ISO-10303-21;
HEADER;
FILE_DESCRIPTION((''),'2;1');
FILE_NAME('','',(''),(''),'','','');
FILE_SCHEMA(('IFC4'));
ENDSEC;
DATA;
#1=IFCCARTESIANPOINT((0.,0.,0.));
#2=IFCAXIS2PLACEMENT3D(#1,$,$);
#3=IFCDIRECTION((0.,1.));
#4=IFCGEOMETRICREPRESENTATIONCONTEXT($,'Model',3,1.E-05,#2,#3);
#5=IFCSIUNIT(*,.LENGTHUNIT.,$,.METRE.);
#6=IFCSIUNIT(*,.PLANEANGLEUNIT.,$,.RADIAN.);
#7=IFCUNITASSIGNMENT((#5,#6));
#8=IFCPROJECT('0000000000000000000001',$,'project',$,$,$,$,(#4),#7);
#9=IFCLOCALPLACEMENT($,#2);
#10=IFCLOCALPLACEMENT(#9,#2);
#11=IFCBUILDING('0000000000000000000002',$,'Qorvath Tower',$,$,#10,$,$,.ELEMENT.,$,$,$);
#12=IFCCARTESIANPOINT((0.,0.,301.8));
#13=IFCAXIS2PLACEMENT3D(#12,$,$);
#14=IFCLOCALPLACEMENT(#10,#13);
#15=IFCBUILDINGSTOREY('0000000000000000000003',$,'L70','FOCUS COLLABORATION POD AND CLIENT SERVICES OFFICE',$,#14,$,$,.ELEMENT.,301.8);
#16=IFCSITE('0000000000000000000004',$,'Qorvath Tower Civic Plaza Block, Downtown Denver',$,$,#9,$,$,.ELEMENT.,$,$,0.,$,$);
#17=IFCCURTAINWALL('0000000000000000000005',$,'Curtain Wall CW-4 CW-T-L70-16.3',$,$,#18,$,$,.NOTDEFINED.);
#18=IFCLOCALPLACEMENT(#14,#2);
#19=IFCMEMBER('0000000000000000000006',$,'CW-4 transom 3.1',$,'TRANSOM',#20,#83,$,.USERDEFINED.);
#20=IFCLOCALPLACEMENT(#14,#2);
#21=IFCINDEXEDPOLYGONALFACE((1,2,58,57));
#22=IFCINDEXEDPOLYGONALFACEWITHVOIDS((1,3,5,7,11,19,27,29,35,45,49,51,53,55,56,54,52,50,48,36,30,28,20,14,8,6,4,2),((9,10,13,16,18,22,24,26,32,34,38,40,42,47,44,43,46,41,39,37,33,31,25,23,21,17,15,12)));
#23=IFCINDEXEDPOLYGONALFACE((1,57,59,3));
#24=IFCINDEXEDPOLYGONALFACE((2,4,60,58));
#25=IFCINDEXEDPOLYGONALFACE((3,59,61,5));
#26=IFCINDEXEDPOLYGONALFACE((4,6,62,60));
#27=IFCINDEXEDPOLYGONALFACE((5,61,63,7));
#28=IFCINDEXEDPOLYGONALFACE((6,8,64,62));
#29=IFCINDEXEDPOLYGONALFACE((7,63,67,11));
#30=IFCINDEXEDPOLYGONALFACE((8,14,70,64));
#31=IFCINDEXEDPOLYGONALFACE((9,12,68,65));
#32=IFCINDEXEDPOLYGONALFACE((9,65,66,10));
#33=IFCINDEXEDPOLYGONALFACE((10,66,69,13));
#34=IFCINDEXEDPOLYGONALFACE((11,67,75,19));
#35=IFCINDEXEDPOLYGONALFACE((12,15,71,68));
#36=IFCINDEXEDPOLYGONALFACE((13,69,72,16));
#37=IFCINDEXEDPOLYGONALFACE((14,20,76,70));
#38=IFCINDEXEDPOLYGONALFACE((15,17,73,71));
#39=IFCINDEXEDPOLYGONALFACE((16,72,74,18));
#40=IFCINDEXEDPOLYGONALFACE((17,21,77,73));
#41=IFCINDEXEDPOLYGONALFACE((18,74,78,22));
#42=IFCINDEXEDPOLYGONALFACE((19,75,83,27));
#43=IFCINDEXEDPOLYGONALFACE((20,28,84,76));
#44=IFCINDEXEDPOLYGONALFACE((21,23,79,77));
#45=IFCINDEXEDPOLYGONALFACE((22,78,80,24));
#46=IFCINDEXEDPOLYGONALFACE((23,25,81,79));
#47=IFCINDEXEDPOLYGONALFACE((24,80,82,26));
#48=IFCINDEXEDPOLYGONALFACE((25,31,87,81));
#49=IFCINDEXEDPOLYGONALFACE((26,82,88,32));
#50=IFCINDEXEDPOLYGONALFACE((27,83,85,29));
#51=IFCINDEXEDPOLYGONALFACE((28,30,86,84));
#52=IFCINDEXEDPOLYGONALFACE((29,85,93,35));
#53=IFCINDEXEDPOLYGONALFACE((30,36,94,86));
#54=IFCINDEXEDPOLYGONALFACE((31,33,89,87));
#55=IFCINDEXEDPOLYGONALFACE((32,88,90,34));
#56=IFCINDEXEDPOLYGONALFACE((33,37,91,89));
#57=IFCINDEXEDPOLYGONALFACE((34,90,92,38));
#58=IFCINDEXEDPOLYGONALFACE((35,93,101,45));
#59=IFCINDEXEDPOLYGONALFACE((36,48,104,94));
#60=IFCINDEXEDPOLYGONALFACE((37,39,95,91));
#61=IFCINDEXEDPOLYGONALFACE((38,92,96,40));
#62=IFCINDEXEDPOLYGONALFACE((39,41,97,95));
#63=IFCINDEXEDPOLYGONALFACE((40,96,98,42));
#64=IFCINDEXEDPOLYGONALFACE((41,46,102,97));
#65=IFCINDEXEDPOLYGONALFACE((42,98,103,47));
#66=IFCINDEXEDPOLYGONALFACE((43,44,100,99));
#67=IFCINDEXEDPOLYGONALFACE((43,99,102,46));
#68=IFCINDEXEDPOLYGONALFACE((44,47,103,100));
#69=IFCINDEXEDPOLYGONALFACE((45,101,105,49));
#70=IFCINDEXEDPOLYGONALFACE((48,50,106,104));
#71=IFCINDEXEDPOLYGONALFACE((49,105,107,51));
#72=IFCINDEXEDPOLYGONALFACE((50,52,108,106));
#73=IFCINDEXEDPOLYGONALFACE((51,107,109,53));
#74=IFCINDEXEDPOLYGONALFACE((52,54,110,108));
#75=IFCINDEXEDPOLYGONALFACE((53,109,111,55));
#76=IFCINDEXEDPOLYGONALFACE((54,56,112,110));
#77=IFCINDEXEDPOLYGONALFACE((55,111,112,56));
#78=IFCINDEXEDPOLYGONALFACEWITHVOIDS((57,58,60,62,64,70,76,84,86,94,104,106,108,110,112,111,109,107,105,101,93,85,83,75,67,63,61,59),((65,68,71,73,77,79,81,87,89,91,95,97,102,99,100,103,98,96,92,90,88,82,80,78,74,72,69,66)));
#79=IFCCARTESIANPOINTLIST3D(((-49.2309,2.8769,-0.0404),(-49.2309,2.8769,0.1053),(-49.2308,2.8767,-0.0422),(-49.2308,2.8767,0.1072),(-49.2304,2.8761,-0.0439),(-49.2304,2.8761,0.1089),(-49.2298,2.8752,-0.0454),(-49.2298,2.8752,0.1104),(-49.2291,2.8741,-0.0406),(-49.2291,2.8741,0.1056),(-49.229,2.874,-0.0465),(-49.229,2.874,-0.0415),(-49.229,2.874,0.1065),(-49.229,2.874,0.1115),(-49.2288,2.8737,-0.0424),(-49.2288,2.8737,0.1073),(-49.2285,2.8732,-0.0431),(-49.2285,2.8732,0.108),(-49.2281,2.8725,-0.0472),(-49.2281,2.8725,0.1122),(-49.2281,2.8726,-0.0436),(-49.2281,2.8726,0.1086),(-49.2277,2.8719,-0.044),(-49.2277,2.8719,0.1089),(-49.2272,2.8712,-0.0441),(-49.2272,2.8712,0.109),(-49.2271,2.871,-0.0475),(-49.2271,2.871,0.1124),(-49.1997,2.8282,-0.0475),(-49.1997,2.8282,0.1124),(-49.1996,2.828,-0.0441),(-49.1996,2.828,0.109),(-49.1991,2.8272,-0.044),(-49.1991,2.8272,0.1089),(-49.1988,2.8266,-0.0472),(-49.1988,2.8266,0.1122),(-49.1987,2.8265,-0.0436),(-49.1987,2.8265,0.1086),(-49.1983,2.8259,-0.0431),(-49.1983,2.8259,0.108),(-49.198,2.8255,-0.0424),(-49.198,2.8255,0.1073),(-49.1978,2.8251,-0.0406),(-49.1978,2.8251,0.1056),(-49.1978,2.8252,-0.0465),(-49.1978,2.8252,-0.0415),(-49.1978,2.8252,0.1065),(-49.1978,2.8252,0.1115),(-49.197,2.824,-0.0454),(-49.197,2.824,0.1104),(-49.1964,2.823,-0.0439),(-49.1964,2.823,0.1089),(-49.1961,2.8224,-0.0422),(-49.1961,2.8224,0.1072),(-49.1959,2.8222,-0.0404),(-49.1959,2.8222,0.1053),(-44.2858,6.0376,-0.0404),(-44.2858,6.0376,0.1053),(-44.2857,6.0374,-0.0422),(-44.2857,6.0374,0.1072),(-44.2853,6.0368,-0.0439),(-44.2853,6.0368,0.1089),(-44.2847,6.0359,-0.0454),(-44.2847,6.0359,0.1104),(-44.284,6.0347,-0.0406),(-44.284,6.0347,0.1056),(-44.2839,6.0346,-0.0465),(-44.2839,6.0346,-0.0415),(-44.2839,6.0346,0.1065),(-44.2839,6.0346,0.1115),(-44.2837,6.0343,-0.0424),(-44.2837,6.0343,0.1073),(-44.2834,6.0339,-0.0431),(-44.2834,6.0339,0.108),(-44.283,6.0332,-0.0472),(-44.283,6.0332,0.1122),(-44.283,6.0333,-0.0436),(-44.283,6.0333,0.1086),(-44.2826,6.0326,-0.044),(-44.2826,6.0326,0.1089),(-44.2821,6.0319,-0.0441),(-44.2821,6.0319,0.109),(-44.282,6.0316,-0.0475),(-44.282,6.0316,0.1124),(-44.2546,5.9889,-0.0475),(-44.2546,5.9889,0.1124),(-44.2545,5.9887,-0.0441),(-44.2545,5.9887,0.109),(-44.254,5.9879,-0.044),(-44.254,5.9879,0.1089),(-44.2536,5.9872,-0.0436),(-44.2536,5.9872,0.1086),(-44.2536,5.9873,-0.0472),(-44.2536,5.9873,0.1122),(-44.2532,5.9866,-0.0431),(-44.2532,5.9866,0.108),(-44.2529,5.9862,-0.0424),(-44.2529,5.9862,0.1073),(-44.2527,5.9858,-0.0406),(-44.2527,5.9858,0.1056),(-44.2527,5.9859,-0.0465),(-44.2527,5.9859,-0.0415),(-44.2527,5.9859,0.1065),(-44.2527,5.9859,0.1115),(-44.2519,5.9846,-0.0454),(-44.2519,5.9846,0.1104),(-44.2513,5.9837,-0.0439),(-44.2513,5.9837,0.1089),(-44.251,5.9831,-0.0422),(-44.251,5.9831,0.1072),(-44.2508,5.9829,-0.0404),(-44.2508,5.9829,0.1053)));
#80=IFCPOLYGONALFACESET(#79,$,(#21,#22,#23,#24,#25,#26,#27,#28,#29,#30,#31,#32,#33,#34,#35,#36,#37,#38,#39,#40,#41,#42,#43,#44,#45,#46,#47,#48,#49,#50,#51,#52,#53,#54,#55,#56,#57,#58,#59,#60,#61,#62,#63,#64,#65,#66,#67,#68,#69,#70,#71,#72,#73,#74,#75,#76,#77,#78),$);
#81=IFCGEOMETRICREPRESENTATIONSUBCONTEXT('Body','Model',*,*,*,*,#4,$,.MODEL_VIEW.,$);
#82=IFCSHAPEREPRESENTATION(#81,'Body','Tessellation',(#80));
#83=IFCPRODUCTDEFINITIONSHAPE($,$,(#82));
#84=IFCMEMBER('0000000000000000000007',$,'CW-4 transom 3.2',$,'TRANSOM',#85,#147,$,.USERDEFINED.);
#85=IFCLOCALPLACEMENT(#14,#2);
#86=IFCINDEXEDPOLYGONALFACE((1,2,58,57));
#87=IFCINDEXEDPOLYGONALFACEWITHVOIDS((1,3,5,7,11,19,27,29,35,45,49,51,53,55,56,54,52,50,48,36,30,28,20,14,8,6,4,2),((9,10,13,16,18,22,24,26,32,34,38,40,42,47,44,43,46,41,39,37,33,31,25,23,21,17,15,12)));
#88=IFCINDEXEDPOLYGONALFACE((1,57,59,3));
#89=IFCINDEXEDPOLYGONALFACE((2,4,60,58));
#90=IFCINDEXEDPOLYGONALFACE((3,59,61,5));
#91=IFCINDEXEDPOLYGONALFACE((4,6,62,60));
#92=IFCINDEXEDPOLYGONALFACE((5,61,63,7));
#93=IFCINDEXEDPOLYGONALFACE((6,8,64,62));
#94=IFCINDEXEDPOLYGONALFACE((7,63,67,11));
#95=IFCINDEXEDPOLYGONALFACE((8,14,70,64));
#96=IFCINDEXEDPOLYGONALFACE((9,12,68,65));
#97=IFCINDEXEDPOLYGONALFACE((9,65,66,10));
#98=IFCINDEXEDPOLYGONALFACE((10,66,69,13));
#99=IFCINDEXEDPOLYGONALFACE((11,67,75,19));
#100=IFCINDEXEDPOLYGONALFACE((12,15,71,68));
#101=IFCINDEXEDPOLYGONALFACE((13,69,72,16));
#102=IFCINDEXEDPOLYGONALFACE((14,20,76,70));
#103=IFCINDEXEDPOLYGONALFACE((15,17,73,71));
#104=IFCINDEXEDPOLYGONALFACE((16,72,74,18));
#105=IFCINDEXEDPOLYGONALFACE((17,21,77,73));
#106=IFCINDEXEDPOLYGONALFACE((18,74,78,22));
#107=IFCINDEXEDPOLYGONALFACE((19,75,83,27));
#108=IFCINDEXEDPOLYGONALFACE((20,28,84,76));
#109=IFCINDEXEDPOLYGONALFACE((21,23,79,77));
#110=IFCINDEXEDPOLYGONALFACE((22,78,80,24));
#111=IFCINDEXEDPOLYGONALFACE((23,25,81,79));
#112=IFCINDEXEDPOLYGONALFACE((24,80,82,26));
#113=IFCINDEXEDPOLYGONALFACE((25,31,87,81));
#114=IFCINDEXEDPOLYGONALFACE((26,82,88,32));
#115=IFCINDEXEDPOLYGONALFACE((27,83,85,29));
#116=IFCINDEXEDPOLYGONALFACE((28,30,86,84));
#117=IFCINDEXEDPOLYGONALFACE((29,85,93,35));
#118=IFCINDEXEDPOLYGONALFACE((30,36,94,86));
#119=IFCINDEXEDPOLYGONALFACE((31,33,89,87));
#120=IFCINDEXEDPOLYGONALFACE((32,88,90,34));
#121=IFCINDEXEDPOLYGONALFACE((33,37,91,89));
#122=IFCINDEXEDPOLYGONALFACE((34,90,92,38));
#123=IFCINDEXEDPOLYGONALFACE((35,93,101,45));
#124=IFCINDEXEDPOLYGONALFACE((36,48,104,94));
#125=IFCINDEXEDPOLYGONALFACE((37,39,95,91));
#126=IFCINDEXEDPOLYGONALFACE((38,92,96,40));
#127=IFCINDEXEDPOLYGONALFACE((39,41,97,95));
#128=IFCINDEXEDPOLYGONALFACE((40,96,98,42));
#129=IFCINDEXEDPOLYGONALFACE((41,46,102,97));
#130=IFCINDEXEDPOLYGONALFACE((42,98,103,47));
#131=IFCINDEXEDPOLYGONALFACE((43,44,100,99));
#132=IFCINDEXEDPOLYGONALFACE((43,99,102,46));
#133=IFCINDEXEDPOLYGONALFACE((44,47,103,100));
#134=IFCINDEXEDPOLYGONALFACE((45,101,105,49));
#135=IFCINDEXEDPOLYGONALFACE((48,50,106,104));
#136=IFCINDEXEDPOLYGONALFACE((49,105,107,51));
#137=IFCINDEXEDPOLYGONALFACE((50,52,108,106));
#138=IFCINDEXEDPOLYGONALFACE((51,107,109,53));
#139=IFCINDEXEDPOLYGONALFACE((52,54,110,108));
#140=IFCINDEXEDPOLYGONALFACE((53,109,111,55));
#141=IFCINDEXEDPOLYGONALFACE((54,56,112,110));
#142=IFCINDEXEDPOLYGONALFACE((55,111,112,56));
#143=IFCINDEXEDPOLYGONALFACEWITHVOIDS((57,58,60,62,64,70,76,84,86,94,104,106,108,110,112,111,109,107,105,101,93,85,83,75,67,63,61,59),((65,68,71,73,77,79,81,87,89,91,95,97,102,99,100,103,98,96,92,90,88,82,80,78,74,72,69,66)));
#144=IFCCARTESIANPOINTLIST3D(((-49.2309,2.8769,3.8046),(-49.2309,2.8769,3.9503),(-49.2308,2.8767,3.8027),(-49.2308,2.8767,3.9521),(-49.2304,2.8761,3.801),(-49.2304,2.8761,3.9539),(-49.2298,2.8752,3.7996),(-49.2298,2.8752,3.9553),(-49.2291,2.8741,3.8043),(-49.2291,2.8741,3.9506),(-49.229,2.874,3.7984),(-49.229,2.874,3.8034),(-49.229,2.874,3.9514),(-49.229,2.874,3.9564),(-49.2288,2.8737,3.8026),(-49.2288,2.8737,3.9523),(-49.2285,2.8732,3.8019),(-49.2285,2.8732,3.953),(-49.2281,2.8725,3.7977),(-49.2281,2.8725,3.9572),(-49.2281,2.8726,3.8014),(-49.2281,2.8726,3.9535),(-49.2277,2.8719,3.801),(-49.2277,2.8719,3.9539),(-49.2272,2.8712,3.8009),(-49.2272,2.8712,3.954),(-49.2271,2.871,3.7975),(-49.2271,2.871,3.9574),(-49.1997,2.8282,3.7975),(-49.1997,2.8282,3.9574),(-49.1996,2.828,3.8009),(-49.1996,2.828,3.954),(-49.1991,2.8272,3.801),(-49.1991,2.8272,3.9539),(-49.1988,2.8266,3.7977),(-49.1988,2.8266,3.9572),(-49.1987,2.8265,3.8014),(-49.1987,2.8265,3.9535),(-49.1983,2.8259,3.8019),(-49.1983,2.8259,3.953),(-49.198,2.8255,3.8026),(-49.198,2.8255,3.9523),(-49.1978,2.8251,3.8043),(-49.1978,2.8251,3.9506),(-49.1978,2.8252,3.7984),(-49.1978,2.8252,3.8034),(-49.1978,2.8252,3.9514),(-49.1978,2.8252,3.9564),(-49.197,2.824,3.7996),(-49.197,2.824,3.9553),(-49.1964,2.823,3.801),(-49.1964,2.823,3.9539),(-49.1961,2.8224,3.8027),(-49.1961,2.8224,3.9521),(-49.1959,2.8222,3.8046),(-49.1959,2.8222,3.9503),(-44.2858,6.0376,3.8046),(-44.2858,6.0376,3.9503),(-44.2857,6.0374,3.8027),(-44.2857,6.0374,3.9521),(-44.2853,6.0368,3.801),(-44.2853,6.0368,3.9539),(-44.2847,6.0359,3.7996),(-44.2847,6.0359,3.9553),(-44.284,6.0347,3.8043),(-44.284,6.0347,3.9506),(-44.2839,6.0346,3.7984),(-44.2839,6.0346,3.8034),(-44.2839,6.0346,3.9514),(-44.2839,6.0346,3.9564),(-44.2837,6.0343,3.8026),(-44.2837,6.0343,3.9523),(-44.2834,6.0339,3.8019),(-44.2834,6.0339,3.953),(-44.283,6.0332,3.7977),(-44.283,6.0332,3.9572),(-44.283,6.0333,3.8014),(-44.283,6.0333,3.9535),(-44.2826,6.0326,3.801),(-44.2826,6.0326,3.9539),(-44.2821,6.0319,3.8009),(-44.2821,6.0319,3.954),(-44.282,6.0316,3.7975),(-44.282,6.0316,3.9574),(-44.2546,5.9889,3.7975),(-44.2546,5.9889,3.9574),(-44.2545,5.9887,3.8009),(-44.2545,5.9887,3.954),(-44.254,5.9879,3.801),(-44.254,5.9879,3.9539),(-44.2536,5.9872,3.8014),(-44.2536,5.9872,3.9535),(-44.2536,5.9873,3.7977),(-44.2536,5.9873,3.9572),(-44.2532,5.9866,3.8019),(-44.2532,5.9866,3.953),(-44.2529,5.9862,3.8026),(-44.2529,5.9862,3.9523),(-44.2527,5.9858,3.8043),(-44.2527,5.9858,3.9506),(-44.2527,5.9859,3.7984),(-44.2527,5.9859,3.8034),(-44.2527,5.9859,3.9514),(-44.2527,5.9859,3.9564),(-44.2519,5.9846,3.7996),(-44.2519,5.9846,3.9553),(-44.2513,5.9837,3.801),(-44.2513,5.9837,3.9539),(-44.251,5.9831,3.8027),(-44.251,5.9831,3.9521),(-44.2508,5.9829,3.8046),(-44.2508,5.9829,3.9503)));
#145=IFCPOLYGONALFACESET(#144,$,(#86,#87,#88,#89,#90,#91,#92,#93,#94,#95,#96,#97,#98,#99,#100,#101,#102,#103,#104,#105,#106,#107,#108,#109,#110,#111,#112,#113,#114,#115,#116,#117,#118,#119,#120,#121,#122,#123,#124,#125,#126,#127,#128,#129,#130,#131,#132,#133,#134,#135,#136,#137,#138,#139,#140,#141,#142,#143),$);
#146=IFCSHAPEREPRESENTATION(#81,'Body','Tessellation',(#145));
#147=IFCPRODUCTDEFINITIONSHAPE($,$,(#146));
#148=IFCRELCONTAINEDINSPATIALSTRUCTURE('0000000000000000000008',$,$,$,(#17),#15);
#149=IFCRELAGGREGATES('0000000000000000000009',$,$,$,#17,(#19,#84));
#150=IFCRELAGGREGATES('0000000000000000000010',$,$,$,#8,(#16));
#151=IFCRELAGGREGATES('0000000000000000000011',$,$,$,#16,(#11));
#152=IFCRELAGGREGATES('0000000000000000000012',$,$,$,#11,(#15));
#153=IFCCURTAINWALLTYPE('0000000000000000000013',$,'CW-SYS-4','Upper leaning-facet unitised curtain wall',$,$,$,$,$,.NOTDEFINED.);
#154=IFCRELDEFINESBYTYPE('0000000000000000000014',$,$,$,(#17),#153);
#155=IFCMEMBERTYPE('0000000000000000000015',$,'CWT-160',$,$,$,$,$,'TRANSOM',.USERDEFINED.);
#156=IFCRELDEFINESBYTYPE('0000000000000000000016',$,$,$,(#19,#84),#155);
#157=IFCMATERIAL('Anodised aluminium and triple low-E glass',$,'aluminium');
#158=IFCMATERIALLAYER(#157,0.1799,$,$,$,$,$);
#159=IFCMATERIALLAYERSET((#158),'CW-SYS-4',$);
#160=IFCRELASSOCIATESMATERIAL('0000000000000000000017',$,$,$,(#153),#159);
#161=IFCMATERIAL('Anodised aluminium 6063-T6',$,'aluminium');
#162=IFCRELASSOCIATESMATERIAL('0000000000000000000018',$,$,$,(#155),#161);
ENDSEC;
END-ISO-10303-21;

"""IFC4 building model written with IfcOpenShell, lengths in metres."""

from ifc_helpers import new_model, si_unit, direction, frame, origin, origin_2d, place, context, subcontext, project, spatial, hollow_rectangle, extrude, material, layer, layer_set, material_profile, profile_set, type_object, element, aggregate, save


model = new_model("IFC4")

# Units and contexts
model_context = context("Model", 3, precision=1e-05, world=origin(), true_north=direction((0.0, 1.0)))
body_context = subcontext(model_context, "Body", "Model", "MODEL_VIEW")
ifc_project = project(units=[si_unit("LENGTHUNIT", "METRE"), si_unit("PLANEANGLEUNIT", "RADIAN")], contexts=[model_context])

# Site, building, storey
site_placement = place(None, origin())
site = spatial("IfcSite", under=ifc_project, at=site_placement, Name="Qorvath Tower Civic Plaza Block, Downtown Denver", CompositionType="ELEMENT", RefElevation=0.0)
building_placement = place(site_placement, origin())
building = spatial("IfcBuilding", under=site, at=building_placement, Name="Qorvath Tower", CompositionType="ELEMENT")
storey_placement = place(building_placement, frame((0.0, 0.0, 301.8)))
storey = spatial("IfcBuildingStorey", under=building, at=storey_placement, Name="L70", Description="FOCUS COLLABORATION POD AND CLIENT SERVICES OFFICE", CompositionType="ELEMENT", Elevation=301.8)

# Curtain wall, members
ifc_material_1 = material(Name="Anodised aluminium and triple low-E glass", Category="aluminium")
ifc_layer_1 = layer(ifc_material_1, 0.1799)
ifc_layer_set_1 = layer_set([ifc_layer_1], Name="CW-SYS-4")
curtain_wall_type = type_object("IfcCurtainWallType", Name="CW-SYS-4", Description="Upper leaning-facet unitised curtain wall", PredefinedType="NOTDEFINED", material=ifc_layer_set_1)
curtain_wall_placement = place(storey_placement, origin())
curtain_wall = element("IfcCurtainWall", 1, at=curtain_wall_placement, inside=storey, type_object=curtain_wall_type, Name="Curtain Wall CW-4 CW-T-L70-16.3", PredefinedType="NOTDEFINED")
ifc_material_2 = material(Name="Anodised aluminium 6063-T6", Category="aluminium")
ifc_material_profile_1 = material_profile(ifc_material_2, hollow_rectangle(XDim=0.0649, YDim=0.1599, WallThickness=0.0034, InnerFilletRadius=0.0034, OuterFilletRadius=0.0071, at=origin_2d()), Name="CWT 160x65")
ifc_profile_set_1 = profile_set([ifc_material_profile_1], Name="Anodised aluminium 6063-T6")
member_type_1 = type_object("IfcMemberType", Name="CWT-160", ElementType="TRANSOM", PredefinedType="USERDEFINED", material=ifc_profile_set_1)
member_1_placement = place(storey_placement, frame((-44.2683, 6.0103, 0.0325), z_axis=(-0.842596, -0.538546, 0.0), x_axis=(0.538546, -0.842596, 0.0)))
member_1 = element("IfcMember", 2, at=member_1_placement, type_object=member_type_1, Name="CW-4 transom 3.1", ObjectType="TRANSOM", PredefinedType="USERDEFINED", context=body_context, shape_type="SweptSolid", body=[
    extrude(hollow_rectangle(XDim=0.0649, YDim=0.1599, WallThickness=0.0034, InnerFilletRadius=0.0034, OuterFilletRadius=0.0071, at=origin_2d()), origin(), (0.0, 0.0, 1.0), 5.8689),
])
member_2_placement = place(storey_placement, frame((-44.2683, 6.0103, 3.8774), z_axis=(-0.842596, -0.538546, 0.0), x_axis=(0.538546, -0.842596, 0.0)))
member_2 = element("IfcMember", 3, at=member_2_placement, type_object=member_type_1, Name="CW-4 transom 3.2", ObjectType="TRANSOM", PredefinedType="USERDEFINED", context=body_context, shape_type="SweptSolid", body=[
    extrude(hollow_rectangle(XDim=0.0649, YDim=0.1599, WallThickness=0.0034, InnerFilletRadius=0.0034, OuterFilletRadius=0.0071, at=origin_2d()), origin(), (0.0, 0.0, 1.0), 5.8689),
])

aggregate(curtain_wall, [member_1, member_2])

save(model, "model.ifc")
